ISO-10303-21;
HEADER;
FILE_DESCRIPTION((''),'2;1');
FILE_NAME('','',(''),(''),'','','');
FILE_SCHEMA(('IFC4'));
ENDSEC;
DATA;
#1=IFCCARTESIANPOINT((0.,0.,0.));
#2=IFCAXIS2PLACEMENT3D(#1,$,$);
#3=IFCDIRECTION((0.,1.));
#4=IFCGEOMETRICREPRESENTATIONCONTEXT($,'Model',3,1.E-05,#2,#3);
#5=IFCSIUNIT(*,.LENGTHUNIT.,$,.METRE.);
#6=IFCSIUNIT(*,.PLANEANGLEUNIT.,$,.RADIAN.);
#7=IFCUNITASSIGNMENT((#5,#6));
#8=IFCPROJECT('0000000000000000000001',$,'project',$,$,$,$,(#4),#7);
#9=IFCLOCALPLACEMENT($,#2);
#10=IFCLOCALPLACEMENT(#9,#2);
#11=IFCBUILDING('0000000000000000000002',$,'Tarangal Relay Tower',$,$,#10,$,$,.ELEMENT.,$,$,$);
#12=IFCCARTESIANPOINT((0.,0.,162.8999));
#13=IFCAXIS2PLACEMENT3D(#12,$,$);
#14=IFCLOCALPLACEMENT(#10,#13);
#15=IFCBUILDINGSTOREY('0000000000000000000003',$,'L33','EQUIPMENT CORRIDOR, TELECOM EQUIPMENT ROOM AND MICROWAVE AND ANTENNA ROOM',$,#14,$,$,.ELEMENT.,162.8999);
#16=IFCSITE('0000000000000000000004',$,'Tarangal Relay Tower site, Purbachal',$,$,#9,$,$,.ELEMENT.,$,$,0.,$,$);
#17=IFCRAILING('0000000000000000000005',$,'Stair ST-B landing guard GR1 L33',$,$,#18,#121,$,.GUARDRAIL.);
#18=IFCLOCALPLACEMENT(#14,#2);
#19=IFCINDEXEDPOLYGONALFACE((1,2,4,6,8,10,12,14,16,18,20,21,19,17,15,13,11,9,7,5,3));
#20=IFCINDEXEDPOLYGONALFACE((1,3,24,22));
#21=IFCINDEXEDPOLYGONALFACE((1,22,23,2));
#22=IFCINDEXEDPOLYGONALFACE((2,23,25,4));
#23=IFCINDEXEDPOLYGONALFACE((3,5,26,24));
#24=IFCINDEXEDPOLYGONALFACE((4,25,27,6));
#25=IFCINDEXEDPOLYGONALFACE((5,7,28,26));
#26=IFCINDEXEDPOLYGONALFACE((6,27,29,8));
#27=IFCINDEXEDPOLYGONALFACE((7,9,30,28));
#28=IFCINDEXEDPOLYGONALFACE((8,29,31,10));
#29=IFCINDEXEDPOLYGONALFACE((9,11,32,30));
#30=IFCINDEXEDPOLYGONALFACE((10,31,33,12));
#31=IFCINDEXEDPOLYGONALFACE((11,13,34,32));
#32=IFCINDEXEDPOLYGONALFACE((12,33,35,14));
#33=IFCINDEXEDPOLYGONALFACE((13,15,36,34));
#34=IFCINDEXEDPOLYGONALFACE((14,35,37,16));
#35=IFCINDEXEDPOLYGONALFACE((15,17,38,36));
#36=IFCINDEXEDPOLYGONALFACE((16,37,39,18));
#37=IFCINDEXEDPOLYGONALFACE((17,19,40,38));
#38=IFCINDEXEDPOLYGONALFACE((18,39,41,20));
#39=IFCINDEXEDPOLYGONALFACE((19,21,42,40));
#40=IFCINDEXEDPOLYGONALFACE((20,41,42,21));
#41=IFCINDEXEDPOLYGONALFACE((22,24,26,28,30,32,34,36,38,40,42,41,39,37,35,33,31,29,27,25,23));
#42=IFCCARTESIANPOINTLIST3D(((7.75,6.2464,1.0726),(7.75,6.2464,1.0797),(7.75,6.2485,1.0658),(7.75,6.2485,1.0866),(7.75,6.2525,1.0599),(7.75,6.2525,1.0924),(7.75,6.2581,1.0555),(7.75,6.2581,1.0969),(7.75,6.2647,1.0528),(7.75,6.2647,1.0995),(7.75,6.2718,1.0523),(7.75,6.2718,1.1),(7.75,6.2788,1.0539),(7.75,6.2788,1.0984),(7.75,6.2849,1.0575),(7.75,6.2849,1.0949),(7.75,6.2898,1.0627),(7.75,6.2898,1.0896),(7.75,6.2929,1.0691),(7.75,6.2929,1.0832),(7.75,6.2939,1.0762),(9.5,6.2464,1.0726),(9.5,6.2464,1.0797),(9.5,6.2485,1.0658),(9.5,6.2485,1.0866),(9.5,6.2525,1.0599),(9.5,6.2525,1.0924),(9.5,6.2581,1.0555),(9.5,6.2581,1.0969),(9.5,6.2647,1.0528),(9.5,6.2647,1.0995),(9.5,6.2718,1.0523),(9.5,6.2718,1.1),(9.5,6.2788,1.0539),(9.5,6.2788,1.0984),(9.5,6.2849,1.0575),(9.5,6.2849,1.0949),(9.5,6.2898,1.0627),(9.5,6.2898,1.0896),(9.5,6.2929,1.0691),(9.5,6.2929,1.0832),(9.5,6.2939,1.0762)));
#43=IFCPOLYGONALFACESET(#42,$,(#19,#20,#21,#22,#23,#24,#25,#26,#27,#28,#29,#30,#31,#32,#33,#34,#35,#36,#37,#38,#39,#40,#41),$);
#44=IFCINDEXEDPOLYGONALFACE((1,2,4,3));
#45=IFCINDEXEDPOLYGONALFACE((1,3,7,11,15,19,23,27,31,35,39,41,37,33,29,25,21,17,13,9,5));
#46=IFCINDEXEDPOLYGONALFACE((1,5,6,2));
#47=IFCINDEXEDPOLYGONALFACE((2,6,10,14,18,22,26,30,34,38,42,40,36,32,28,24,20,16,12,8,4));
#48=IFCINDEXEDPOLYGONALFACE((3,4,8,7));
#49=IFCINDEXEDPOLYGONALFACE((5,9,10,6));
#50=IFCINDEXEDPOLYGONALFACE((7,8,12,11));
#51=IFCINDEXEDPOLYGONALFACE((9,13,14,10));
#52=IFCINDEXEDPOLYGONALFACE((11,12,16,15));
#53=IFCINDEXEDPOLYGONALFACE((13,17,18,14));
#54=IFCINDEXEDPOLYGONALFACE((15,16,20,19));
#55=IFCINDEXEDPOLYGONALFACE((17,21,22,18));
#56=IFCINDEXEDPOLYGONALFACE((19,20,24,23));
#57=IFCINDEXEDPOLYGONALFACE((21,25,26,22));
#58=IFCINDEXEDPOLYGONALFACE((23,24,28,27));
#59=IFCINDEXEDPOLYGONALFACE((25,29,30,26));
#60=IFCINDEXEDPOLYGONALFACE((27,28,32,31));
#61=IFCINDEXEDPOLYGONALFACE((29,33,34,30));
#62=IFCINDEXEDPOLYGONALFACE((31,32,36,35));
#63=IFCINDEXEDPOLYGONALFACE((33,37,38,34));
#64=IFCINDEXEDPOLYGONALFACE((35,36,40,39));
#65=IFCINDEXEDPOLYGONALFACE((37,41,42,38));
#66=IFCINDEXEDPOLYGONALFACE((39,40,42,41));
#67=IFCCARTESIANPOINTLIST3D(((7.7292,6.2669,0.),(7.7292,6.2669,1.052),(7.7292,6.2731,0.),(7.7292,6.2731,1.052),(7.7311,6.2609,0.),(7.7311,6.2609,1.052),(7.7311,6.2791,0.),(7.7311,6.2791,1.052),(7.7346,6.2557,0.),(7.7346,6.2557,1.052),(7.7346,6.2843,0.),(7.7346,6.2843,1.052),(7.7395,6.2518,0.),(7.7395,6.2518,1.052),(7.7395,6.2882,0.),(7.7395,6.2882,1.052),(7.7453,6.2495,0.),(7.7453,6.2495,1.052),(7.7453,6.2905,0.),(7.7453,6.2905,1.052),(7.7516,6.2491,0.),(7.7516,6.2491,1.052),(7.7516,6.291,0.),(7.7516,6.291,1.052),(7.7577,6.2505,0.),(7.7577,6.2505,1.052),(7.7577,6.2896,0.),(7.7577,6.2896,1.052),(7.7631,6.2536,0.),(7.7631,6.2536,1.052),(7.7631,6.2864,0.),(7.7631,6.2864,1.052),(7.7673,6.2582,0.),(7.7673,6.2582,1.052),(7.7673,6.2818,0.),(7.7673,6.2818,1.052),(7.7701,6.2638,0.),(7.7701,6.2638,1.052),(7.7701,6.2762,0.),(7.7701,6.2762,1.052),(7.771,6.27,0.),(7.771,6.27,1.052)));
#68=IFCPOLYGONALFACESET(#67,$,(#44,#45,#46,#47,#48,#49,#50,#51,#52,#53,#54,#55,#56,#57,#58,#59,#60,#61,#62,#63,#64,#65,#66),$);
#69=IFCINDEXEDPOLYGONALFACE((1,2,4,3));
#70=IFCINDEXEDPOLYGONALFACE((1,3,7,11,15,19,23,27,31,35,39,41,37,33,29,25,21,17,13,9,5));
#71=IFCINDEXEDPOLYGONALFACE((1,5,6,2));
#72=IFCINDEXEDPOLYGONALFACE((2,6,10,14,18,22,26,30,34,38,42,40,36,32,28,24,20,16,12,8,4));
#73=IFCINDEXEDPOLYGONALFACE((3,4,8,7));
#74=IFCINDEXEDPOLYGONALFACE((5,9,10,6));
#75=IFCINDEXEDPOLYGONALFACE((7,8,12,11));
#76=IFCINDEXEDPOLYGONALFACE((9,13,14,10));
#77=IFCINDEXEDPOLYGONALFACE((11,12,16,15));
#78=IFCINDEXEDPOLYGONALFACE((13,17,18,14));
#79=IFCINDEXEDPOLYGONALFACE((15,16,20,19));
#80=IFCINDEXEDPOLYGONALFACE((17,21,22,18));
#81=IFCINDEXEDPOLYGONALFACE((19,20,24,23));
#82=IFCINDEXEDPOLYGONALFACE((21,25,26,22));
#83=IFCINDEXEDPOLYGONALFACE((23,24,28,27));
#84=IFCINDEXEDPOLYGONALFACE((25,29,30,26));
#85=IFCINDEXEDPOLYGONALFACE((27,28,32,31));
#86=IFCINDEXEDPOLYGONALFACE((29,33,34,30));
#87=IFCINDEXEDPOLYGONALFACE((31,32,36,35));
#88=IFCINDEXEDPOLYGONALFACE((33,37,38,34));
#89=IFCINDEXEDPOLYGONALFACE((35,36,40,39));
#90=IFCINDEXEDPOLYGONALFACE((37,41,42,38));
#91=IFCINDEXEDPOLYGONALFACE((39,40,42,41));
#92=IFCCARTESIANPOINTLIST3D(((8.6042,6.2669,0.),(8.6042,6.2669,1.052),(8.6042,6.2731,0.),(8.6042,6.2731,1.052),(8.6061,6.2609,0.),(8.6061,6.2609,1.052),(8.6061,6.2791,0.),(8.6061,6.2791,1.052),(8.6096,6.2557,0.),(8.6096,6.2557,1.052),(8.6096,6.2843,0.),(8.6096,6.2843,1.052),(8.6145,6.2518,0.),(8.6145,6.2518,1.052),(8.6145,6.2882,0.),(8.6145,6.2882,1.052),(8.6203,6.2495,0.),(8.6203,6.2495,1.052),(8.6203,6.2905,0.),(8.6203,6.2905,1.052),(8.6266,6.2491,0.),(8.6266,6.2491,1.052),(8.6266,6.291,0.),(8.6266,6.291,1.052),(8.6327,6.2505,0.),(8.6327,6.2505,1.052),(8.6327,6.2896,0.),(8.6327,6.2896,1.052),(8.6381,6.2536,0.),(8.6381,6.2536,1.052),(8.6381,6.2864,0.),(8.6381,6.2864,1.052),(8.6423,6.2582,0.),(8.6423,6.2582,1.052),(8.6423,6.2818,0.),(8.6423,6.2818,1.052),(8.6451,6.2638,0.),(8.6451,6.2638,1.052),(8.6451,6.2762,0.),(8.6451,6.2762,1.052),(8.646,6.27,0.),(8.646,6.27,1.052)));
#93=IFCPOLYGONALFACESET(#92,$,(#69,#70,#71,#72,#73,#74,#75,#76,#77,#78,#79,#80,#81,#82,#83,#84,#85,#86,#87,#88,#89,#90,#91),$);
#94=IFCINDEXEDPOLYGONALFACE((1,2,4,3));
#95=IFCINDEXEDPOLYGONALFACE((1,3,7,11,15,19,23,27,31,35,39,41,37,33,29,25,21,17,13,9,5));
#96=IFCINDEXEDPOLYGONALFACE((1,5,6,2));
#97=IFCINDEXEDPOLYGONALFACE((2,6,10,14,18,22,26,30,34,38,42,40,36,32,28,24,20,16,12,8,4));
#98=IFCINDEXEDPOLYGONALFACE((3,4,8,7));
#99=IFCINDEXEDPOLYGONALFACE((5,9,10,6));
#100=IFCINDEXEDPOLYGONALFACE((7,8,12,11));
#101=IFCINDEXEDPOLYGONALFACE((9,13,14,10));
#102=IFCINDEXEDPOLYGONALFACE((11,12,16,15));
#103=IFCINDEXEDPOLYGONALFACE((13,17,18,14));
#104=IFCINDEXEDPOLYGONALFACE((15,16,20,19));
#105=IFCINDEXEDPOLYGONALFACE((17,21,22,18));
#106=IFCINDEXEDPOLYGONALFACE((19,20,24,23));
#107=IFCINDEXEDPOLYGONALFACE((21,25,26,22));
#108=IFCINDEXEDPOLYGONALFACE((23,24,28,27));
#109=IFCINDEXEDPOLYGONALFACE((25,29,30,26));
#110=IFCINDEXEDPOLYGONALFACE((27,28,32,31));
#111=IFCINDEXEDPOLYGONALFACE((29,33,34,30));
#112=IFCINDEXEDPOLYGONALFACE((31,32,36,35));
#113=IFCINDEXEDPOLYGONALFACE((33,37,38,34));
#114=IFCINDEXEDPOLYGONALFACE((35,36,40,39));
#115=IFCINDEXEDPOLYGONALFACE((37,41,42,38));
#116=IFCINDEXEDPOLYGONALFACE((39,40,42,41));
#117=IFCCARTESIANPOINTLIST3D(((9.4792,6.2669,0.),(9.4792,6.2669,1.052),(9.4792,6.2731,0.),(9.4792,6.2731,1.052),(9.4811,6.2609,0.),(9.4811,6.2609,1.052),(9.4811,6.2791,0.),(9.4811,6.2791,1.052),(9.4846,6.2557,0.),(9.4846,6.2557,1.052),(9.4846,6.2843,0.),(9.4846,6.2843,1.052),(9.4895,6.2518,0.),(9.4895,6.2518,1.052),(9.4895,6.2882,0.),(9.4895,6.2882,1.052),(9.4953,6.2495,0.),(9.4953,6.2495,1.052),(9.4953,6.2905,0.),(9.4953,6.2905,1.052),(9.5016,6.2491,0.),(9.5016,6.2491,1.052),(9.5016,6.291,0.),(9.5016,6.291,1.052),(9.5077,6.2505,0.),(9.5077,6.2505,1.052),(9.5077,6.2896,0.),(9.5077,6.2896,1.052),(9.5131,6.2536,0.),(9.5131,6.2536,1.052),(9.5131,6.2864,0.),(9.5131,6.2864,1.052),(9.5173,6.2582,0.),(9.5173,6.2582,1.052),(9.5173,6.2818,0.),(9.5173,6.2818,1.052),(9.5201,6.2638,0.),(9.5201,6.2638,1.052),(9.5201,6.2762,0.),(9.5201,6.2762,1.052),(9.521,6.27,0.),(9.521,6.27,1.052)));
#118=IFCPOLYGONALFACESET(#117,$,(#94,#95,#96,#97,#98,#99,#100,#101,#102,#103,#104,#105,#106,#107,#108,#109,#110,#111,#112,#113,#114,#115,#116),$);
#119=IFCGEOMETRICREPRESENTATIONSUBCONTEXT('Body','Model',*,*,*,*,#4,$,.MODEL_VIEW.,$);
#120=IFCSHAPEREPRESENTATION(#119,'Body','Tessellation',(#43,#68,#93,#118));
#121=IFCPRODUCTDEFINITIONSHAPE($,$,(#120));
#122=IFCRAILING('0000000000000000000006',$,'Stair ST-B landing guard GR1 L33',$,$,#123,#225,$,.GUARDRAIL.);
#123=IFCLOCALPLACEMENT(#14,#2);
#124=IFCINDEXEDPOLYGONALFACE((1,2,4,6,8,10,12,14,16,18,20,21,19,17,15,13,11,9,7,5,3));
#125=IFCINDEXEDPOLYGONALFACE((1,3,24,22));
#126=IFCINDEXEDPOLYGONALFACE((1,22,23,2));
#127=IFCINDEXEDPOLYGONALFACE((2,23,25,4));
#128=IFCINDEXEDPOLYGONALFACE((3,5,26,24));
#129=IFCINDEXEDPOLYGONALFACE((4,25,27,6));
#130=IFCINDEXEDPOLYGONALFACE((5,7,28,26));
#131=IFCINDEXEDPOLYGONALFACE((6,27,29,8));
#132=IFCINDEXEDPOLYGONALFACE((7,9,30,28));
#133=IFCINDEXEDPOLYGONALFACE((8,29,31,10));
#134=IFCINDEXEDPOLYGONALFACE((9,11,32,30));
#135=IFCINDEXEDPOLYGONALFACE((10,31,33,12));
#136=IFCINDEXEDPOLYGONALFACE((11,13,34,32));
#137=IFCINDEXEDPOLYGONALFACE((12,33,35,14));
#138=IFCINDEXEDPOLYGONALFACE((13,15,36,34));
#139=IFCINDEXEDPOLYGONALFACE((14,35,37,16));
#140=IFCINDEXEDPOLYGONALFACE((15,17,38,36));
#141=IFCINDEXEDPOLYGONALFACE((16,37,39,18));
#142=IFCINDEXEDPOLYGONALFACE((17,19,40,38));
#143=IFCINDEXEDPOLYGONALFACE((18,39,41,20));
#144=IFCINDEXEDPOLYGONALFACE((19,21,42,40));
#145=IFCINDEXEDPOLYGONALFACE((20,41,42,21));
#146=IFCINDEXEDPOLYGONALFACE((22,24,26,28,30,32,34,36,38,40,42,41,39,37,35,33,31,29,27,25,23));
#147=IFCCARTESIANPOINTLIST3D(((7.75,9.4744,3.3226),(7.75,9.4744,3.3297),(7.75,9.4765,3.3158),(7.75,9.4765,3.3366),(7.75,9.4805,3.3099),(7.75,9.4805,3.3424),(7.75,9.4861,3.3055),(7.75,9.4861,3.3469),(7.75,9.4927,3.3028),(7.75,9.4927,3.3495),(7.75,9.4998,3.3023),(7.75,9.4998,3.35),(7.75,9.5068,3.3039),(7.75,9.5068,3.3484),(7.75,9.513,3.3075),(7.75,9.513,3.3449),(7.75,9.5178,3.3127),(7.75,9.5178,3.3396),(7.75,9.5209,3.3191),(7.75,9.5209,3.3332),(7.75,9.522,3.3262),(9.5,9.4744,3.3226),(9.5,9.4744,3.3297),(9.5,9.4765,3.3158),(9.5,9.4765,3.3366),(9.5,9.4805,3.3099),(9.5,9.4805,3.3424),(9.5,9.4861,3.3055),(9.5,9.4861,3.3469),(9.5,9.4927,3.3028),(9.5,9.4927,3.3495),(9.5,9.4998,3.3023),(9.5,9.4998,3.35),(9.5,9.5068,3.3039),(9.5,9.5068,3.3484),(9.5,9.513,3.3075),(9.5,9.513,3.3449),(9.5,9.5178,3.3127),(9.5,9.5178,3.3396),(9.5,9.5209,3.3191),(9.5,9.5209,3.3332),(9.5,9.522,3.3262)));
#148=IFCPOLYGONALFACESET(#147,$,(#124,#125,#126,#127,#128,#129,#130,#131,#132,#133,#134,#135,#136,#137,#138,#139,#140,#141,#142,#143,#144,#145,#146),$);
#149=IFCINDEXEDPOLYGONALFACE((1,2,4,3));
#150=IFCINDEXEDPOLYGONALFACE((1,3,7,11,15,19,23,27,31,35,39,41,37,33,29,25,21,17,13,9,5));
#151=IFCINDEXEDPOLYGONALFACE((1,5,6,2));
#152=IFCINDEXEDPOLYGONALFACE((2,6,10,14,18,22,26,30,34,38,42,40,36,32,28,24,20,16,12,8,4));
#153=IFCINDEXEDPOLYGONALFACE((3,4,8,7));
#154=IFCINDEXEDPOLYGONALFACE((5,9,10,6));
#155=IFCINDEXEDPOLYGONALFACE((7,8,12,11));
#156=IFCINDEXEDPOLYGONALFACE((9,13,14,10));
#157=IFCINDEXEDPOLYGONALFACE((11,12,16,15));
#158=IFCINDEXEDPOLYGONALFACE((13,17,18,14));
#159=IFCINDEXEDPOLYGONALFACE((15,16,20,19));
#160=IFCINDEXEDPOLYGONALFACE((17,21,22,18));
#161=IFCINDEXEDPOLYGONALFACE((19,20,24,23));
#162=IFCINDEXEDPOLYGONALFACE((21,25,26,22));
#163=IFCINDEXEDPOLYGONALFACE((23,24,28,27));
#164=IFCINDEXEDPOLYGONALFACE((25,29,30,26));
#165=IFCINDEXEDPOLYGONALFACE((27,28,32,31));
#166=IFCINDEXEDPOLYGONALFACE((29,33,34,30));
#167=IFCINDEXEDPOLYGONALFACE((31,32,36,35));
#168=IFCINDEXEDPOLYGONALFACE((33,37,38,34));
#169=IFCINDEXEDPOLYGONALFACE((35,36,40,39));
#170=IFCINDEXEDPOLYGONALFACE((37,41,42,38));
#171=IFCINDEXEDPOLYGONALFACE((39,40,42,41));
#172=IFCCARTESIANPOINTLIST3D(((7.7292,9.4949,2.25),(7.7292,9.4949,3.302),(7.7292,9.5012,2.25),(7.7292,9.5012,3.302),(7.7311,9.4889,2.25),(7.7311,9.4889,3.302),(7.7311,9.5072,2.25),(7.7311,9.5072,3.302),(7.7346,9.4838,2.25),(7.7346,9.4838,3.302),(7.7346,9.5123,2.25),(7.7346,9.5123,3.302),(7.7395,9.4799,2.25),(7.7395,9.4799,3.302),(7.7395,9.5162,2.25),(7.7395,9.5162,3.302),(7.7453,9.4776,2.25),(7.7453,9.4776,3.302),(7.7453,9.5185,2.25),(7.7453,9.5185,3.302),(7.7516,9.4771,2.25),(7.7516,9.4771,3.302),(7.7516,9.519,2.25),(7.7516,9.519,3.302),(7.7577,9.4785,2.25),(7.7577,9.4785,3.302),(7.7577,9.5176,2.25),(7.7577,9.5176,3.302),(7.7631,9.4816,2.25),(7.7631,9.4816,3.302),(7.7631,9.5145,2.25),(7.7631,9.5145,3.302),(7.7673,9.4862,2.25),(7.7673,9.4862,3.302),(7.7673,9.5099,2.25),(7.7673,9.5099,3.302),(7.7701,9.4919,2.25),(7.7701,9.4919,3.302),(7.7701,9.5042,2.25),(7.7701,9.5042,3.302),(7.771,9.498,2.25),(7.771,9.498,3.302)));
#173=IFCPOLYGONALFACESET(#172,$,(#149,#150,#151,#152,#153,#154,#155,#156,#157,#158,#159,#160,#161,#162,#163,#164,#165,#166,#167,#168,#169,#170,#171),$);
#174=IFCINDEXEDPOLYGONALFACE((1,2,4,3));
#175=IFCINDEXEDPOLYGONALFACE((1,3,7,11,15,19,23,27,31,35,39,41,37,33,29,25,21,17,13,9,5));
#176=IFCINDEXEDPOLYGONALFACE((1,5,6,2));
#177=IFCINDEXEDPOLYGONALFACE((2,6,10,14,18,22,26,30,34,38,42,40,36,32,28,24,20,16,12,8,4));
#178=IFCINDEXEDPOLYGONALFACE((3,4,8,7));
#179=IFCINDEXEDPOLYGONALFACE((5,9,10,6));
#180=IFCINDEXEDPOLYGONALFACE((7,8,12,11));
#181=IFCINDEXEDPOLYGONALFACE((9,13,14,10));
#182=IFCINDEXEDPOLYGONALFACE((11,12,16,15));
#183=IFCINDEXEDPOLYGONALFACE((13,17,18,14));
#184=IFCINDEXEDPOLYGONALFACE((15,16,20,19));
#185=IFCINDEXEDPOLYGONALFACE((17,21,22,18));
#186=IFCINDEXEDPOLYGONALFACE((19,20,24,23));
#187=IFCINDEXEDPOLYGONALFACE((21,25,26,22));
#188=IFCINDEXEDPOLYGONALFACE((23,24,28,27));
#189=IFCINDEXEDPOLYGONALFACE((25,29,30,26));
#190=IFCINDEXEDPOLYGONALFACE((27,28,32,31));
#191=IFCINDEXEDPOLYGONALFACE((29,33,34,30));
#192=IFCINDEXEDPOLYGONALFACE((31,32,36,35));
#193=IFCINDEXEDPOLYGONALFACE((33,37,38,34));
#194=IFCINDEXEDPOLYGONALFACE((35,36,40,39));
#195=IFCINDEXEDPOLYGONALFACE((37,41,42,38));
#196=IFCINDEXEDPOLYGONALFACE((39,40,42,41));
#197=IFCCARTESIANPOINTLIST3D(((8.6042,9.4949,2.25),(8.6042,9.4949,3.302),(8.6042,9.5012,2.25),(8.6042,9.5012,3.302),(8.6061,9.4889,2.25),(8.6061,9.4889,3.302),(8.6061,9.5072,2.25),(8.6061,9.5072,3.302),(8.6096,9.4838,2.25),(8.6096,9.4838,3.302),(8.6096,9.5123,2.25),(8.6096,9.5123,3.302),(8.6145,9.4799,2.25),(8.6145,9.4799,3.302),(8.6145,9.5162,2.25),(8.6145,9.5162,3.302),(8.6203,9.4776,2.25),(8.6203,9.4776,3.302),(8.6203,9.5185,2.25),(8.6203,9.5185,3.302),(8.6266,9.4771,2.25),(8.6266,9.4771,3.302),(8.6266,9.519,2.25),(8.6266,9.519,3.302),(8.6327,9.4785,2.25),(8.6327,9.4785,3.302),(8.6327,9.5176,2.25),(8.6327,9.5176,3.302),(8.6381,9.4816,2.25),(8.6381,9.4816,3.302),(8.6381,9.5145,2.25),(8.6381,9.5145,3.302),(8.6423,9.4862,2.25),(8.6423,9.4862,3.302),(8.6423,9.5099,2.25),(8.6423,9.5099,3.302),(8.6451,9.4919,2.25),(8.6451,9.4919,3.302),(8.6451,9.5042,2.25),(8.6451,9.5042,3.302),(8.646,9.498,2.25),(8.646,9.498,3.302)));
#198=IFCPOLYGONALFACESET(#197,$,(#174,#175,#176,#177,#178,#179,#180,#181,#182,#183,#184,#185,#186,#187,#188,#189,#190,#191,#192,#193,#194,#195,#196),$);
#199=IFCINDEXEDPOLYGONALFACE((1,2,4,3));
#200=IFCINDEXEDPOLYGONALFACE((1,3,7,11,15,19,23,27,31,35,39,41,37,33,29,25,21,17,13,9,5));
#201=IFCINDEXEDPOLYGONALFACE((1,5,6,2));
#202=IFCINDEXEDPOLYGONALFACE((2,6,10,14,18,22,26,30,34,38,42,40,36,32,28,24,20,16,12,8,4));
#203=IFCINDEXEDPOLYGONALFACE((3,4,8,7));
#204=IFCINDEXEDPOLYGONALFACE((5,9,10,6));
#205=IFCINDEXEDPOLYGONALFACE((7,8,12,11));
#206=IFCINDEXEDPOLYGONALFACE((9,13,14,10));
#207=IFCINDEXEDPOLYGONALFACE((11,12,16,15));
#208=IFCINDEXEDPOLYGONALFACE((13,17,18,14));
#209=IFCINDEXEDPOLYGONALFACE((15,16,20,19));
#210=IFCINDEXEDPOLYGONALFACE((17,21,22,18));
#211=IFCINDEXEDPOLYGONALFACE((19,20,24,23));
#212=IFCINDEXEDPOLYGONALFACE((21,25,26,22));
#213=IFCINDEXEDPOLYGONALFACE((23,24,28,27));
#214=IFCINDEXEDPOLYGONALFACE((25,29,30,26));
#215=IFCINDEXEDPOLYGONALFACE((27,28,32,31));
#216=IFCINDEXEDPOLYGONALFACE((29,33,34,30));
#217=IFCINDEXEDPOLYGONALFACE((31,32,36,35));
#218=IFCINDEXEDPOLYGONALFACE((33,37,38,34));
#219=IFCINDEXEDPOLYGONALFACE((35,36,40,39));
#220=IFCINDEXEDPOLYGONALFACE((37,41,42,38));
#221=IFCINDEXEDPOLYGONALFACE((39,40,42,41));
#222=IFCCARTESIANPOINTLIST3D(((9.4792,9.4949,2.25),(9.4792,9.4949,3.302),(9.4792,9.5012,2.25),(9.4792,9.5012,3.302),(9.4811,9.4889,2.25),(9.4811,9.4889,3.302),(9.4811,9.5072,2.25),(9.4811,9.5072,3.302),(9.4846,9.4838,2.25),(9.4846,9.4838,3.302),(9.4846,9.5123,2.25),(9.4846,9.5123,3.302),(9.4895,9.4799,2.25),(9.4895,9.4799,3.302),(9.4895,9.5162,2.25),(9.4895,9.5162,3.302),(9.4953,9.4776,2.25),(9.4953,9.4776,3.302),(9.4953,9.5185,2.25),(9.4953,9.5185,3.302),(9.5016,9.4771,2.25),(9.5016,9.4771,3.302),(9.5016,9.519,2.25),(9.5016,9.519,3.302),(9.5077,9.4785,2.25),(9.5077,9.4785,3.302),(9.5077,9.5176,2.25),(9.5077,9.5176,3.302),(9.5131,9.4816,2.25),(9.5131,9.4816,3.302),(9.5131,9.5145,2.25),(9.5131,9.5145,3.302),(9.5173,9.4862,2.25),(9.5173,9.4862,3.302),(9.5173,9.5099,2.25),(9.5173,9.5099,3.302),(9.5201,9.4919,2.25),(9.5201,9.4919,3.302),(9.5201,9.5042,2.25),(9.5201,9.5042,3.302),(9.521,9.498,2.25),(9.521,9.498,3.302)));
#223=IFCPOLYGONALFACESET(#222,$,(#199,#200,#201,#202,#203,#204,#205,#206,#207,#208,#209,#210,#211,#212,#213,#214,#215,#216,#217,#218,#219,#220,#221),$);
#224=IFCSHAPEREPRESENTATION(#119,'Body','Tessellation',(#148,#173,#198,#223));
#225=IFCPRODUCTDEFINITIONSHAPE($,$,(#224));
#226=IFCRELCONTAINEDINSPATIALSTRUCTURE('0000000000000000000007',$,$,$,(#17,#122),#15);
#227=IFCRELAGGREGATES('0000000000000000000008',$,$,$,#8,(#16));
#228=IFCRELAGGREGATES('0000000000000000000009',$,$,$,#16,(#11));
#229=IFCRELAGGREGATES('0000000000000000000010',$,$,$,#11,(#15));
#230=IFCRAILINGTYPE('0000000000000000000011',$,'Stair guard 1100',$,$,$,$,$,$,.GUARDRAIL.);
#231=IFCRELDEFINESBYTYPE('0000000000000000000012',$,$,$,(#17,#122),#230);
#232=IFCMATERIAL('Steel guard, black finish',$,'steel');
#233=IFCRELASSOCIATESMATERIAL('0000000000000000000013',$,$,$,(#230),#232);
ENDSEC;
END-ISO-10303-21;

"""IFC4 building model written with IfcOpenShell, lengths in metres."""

from ifc_helpers import new_model, si_unit, direction, frame, origin, origin_2d, place, context, subcontext, project, spatial, circle, extrude, material, type_object, element, save


model = new_model("IFC4")

# Units and contexts
model_context = context("Model", 3, precision=1e-05, world=origin(), true_north=direction((0.0, 1.0)))
body_context = subcontext(model_context, "Body", "Model", "MODEL_VIEW")
ifc_project = project(units=[si_unit("LENGTHUNIT", "METRE"), si_unit("PLANEANGLEUNIT", "RADIAN")], contexts=[model_context])

# Site, building, storey
site_placement = place(None, origin())
site = spatial("IfcSite", under=ifc_project, at=site_placement, Name="Tarangal Relay Tower site, Purbachal", CompositionType="ELEMENT", RefElevation=0.0)
building_placement = place(site_placement, origin())
building = spatial("IfcBuilding", under=site, at=building_placement, Name="Tarangal Relay Tower", CompositionType="ELEMENT")
storey_placement = place(building_placement, frame((0.0, 0.0, 162.8999)))
storey = spatial("IfcBuildingStorey", under=building, at=storey_placement, Name="L33", Description="EQUIPMENT CORRIDOR, TELECOM EQUIPMENT ROOM AND MICROWAVE AND ANTENNA ROOM", CompositionType="ELEMENT", Elevation=162.8999)

# Railings
ifc_material_1 = material(Name="Steel guard, black finish", Category="steel")
railing_type_1 = type_object("IfcRailingType", Name="Stair guard 1100", PredefinedType="GUARDRAIL", material=ifc_material_1)
for number, where, name in (
    (1, (7.75, 6.27, 0.0), "Stair ST-B landing guard GR1 L33"),
    (2, (7.75, 9.498, 2.25), "Stair ST-B landing guard GR1 L33"),
):
    element("IfcRailing", number, at=place(storey_placement, frame(where)), inside=storey, type_object=railing_type_1, Name=name, PredefinedType="GUARDRAIL", context=body_context, shape_type="SweptSolid", body=[
        extrude(circle(Radius=0.0239, at=origin_2d()), frame((0.0, 0.0, 1.0762), z_axis=(1.0, 0.0, 0.0), x_axis=(0.0, 1.0, 0.0)), (0.0, 0.0, 1.0), 1.75),
        extrude(circle(Radius=0.021, at=origin_2d()), origin(), (0.0, 0.0, 1.0), 1.052),
        extrude(circle(Radius=0.021, at=origin_2d()), frame((0.875, 0.0, 0.0)), (0.0, 0.0, 1.0), 1.052),
        extrude(circle(Radius=0.021, at=origin_2d()), frame((1.75, 0.0, 0.0)), (0.0, 0.0, 1.0), 1.052),
    ])

save(model, "model.ifc")
